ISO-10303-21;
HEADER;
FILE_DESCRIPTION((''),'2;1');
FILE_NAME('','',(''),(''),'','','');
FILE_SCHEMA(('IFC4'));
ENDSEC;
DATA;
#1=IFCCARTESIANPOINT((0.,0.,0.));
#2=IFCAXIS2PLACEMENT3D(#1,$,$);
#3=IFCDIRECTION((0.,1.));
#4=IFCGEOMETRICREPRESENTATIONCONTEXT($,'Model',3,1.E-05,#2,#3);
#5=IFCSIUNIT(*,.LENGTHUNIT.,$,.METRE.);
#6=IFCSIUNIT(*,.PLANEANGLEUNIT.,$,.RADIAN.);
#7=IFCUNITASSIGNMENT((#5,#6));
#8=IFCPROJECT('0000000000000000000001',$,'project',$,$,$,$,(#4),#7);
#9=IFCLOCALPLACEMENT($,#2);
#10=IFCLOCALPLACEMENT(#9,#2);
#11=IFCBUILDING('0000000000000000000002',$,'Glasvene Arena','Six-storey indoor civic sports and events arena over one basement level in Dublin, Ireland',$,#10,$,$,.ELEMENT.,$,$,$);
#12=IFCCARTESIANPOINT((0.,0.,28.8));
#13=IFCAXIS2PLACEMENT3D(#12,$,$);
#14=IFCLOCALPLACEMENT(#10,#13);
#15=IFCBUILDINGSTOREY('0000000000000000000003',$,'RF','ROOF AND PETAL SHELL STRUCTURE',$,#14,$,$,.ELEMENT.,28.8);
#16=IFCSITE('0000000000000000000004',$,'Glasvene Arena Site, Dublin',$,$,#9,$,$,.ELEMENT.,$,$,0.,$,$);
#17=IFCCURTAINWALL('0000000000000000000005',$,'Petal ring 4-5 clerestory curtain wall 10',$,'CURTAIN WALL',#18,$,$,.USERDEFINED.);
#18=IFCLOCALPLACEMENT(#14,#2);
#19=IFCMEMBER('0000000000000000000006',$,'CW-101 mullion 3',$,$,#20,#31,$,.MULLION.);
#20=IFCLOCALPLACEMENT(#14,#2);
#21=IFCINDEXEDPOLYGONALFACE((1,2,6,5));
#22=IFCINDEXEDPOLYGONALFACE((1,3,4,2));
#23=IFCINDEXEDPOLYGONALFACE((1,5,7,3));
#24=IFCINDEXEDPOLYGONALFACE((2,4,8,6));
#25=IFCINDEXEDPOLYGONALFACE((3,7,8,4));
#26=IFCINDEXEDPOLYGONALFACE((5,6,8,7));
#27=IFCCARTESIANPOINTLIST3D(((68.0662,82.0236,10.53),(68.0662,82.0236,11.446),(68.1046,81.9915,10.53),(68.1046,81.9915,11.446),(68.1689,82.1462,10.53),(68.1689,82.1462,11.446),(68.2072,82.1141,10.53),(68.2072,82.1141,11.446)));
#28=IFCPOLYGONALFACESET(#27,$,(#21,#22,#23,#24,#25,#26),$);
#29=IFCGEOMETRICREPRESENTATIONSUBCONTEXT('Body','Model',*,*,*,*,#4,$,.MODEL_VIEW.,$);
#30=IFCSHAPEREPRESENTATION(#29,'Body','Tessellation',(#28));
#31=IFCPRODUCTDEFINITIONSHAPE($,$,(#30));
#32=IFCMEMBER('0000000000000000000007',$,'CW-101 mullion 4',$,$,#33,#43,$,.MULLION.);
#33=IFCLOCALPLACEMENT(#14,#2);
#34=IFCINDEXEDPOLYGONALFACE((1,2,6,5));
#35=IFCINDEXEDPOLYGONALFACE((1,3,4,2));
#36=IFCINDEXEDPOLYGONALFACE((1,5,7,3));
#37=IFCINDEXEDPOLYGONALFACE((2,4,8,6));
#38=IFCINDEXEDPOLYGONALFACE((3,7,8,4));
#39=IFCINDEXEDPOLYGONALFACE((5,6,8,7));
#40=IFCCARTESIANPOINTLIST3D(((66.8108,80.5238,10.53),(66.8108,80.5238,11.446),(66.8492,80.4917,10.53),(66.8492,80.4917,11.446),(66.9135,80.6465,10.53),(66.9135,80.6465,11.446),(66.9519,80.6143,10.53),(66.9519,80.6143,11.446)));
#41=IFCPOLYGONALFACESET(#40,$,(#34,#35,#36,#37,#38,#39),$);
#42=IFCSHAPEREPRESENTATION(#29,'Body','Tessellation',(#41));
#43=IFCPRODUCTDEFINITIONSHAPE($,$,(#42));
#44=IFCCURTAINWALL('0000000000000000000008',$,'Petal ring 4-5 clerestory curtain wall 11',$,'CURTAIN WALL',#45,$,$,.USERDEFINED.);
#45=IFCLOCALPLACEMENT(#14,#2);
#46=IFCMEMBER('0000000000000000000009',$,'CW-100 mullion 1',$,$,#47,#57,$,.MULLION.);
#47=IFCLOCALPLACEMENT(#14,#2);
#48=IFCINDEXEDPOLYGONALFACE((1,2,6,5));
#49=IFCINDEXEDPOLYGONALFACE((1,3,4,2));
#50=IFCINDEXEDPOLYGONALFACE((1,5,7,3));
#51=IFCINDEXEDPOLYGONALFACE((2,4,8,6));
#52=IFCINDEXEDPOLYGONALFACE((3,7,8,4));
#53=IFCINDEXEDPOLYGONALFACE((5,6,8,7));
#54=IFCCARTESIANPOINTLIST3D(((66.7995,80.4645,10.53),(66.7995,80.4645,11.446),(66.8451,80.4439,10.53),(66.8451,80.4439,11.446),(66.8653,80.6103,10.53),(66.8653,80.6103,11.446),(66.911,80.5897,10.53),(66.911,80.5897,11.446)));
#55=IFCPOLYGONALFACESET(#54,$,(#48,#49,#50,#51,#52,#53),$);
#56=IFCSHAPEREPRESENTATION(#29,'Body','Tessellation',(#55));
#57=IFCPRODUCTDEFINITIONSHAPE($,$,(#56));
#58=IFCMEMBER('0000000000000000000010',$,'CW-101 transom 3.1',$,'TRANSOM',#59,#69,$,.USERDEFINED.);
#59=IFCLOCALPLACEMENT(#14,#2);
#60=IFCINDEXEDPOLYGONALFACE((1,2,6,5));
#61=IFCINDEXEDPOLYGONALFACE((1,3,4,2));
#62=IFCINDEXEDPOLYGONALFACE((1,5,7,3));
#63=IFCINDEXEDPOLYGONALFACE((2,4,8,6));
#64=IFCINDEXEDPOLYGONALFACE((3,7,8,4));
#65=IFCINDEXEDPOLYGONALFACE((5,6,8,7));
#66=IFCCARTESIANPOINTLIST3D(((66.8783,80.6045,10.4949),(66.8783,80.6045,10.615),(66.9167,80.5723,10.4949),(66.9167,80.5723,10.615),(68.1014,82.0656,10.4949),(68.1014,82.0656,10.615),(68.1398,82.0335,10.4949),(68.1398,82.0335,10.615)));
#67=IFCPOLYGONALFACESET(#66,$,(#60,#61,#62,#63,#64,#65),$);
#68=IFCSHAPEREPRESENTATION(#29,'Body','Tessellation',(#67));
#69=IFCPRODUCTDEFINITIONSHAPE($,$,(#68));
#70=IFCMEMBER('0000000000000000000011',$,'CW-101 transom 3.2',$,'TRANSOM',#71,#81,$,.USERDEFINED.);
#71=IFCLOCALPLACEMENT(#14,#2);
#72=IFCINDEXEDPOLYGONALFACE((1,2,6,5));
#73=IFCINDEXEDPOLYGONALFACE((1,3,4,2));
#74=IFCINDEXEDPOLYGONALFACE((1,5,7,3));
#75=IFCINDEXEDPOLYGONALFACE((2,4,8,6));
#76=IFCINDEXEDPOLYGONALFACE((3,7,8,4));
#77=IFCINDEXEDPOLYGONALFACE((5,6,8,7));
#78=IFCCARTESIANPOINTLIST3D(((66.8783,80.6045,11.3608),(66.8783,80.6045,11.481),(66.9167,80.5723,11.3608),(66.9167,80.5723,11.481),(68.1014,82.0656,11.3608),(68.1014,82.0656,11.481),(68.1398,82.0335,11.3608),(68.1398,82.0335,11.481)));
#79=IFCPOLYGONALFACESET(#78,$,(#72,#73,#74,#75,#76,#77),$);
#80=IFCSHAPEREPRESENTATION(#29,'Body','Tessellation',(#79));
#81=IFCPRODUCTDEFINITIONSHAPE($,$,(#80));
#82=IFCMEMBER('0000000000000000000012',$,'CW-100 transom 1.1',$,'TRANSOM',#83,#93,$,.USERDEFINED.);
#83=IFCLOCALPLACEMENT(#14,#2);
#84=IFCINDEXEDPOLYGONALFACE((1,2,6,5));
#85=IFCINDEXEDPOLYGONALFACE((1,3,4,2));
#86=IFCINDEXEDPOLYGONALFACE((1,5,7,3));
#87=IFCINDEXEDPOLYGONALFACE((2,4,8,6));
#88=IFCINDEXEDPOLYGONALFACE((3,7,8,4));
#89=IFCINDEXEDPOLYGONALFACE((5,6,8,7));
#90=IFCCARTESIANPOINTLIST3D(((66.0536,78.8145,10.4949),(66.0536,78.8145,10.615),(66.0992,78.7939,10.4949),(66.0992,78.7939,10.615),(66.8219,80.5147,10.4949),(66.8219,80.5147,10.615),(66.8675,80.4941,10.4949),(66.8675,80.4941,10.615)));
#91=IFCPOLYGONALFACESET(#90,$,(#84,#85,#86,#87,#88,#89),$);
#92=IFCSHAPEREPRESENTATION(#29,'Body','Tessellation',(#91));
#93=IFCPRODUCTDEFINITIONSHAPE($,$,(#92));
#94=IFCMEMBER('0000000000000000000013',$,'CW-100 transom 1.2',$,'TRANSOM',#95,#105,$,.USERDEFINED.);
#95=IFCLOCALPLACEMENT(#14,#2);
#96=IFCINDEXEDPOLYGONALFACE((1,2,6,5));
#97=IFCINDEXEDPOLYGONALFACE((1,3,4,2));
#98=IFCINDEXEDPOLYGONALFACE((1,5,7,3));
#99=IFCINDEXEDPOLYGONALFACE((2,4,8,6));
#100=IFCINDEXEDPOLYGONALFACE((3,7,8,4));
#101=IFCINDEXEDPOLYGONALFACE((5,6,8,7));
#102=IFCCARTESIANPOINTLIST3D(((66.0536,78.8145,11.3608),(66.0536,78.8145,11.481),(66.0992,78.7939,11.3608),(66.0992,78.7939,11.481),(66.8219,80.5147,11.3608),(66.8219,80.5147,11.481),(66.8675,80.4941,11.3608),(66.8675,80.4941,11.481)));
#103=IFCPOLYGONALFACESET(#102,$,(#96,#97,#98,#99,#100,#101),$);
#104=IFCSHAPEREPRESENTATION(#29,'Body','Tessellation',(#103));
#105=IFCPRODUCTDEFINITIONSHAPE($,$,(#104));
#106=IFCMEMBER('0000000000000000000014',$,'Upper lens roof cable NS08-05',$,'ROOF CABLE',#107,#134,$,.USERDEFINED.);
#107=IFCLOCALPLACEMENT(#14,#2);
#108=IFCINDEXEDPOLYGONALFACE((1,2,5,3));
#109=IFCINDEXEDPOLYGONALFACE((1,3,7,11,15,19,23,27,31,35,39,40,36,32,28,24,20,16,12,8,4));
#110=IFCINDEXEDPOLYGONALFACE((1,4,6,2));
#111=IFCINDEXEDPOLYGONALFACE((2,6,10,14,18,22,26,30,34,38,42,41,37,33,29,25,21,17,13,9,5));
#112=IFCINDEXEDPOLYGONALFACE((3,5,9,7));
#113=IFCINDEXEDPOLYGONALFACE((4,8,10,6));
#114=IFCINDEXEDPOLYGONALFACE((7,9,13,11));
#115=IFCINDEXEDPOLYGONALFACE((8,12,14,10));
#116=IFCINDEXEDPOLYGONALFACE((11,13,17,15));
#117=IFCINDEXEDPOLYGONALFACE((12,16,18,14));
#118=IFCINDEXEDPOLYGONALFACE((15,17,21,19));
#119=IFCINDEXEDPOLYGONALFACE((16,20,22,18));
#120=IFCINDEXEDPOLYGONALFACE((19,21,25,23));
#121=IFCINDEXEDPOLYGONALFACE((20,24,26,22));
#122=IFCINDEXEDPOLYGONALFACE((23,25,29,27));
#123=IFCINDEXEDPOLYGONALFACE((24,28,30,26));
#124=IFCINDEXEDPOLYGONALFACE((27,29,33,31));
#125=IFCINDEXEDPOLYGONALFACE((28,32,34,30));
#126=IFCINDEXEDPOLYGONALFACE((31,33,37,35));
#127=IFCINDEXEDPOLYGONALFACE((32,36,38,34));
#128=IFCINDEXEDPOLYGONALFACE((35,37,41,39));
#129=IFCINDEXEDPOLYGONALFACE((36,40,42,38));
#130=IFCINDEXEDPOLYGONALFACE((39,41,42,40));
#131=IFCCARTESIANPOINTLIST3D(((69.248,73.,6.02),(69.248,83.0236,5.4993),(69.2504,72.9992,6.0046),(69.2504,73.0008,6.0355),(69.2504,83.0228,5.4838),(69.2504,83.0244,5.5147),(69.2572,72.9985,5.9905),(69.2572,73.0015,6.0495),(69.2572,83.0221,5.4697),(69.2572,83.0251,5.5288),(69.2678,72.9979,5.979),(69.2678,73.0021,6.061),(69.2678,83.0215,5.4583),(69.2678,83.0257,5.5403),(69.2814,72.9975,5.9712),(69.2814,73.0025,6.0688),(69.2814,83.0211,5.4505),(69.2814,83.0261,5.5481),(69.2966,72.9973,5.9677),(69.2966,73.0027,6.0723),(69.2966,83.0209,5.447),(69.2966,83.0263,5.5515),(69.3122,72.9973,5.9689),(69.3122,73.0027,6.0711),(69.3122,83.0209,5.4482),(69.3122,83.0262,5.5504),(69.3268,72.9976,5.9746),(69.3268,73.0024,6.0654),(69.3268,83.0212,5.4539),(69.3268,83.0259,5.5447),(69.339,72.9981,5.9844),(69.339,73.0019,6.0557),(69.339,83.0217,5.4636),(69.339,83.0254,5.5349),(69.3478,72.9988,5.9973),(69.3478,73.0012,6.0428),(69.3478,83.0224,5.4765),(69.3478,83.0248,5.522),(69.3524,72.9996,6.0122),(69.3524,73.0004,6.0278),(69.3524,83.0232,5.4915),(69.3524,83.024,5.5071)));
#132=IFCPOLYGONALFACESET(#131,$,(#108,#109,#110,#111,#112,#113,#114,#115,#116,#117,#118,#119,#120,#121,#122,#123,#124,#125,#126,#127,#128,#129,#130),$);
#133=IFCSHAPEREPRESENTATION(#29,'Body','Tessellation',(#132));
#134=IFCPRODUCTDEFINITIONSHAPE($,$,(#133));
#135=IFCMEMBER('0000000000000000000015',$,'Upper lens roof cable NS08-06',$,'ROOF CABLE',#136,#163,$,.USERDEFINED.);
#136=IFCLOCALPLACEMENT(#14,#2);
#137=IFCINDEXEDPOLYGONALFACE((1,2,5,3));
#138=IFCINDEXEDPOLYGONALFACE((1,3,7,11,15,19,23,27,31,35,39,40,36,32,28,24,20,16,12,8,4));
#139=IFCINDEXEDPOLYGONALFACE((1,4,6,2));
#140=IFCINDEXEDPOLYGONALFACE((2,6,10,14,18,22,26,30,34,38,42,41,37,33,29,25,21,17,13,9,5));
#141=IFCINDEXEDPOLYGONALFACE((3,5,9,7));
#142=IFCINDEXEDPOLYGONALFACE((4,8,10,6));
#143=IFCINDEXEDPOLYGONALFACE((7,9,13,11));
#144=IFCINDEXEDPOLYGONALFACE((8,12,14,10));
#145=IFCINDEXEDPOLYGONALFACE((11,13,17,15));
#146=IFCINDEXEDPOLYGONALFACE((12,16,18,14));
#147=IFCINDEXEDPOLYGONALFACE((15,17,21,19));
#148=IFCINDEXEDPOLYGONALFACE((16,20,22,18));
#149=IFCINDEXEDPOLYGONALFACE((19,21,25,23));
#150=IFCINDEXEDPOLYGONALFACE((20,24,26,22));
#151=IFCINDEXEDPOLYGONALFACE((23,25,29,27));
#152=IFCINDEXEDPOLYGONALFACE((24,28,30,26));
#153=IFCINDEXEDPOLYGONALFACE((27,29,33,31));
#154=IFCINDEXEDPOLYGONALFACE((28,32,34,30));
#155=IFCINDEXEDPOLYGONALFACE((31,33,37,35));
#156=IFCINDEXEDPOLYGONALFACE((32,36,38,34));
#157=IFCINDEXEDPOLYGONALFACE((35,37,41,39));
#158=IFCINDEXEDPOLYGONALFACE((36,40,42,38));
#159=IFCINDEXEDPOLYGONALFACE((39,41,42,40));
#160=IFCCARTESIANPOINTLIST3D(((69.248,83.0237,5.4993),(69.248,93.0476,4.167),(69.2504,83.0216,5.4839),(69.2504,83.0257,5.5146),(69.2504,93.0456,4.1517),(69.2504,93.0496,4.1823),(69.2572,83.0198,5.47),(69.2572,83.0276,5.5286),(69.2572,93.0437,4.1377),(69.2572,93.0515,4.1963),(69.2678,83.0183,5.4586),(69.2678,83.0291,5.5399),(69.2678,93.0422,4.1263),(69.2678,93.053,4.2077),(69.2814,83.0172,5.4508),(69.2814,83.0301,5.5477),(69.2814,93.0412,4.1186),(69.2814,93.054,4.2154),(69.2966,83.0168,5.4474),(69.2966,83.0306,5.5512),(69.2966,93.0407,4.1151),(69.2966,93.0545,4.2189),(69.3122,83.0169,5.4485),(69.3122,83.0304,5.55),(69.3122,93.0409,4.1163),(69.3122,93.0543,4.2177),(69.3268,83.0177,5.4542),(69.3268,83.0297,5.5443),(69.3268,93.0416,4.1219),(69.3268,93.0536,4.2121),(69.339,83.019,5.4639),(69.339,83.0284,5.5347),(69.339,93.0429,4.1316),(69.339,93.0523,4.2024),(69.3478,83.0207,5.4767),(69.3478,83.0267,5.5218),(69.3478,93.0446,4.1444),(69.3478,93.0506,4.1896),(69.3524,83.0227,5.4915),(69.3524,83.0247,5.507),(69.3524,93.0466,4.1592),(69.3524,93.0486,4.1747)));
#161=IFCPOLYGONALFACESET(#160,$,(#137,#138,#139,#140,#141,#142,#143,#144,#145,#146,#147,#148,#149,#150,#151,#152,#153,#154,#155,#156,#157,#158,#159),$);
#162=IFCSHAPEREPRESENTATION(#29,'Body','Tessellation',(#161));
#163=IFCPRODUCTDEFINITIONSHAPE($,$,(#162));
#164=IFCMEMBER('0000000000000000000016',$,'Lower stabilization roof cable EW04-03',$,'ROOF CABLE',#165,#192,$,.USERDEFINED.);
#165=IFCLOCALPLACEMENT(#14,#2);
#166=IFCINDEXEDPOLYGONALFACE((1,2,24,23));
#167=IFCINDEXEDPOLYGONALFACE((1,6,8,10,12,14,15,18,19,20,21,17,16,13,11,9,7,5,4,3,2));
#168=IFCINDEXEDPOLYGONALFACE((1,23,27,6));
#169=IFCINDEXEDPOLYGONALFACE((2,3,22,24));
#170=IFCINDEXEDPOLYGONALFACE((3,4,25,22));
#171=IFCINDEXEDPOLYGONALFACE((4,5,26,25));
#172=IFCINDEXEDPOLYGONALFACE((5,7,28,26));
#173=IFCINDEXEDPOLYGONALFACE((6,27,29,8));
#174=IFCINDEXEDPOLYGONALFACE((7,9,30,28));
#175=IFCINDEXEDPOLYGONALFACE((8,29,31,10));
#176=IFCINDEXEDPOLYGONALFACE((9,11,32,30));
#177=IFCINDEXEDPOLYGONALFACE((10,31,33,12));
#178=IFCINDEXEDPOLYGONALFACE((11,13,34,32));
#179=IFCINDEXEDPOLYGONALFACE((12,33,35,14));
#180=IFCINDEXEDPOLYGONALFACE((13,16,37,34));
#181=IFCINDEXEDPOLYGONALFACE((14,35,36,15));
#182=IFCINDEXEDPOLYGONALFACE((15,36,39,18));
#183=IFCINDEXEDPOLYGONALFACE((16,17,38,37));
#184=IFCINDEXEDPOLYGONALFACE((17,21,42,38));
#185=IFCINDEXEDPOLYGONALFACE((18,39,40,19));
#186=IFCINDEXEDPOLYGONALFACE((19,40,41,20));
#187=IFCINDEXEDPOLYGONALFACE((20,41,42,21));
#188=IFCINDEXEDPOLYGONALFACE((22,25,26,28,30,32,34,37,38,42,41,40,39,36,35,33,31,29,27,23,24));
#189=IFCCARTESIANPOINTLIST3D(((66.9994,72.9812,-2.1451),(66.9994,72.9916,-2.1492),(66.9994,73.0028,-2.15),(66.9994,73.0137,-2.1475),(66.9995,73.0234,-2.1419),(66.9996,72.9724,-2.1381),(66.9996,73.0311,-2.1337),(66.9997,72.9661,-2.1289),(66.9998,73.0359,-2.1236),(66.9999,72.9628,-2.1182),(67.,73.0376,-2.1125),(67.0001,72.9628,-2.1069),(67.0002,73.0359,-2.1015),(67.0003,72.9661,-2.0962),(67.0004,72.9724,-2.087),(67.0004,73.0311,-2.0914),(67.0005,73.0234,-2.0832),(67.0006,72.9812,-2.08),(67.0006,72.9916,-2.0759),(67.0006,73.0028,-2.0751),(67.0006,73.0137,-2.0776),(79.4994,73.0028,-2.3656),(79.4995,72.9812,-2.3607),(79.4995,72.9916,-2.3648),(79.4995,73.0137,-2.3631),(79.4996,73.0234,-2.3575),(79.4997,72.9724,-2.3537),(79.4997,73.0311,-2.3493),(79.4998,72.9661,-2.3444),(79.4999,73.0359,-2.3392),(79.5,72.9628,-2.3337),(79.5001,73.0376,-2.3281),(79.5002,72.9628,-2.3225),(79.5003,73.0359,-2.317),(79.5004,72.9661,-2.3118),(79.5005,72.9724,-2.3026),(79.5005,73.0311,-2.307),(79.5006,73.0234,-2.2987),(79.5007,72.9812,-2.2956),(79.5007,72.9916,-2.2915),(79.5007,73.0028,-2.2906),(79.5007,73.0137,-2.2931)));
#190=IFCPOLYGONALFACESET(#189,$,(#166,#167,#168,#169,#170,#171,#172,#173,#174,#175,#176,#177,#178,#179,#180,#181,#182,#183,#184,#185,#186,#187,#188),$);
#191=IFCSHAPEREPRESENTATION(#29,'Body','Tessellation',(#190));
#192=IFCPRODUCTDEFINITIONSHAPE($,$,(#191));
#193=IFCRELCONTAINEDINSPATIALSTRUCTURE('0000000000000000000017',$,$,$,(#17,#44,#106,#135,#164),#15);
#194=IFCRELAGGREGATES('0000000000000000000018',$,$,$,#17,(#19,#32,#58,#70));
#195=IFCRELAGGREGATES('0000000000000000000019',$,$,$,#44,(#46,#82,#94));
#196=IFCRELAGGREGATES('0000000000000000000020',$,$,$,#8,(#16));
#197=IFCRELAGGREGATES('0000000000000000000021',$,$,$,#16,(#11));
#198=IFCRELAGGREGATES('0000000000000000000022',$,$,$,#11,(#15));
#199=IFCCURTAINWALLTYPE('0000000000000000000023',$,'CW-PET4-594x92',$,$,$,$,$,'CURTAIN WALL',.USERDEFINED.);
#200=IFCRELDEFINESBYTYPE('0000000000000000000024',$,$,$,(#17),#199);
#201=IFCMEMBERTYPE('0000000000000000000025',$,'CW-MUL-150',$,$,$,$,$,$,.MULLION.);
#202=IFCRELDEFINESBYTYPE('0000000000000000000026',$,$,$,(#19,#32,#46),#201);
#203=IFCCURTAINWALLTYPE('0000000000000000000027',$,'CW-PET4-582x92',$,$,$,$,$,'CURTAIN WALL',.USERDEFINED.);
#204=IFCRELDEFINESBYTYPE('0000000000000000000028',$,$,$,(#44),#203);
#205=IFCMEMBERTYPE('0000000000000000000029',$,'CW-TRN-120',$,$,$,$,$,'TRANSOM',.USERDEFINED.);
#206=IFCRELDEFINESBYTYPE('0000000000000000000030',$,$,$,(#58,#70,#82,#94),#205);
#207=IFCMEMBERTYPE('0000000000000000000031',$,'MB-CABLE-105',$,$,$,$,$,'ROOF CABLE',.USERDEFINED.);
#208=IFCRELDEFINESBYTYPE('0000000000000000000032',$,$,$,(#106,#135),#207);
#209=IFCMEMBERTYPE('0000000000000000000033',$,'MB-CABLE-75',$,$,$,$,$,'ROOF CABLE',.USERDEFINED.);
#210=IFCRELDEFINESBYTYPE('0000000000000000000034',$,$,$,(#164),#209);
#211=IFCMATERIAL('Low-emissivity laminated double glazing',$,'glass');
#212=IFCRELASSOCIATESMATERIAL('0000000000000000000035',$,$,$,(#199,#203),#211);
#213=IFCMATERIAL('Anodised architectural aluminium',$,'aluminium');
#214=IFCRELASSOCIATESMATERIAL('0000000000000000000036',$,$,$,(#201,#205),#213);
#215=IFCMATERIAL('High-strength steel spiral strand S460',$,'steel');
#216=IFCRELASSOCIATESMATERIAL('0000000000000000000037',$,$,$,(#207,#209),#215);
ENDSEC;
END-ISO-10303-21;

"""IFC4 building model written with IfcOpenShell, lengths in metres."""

from ifc_helpers import new_model, si_unit, direction, frame, origin, origin_2d, place, context, subcontext, project, spatial, rectangle, circle, extrude, material, material_profile, profile_set, type_object, element, aggregate, save


model = new_model("IFC4")

# Units and contexts
model_context = context("Model", 3, precision=1e-05, world=origin(), true_north=direction((0.0, 1.0)))
body_context = subcontext(model_context, "Body", "Model", "MODEL_VIEW")
ifc_project = project(units=[si_unit("LENGTHUNIT", "METRE"), si_unit("PLANEANGLEUNIT", "RADIAN")], contexts=[model_context])

# Site, building, storey
site_placement = place(None, origin())
site = spatial("IfcSite", under=ifc_project, at=site_placement, Name="Glasvene Arena Site, Dublin", CompositionType="ELEMENT", RefElevation=0.0)
building_placement = place(site_placement, origin())
building = spatial("IfcBuilding", under=site, at=building_placement, Name="Glasvene Arena", Description="Six-storey indoor civic sports and events arena over one basement level in Dublin, Ireland", CompositionType="ELEMENT")
storey_placement = place(building_placement, frame((0.0, 0.0, 28.8)))
storey = spatial("IfcBuildingStorey", under=building, at=storey_placement, Name="RF", Description="ROOF AND PETAL SHELL STRUCTURE", CompositionType="ELEMENT", Elevation=28.8)

# Curtain wall, members
ifc_material_1 = material(Name="Low-emissivity laminated double glazing", Category="glass")
curtain_wall_type_1 = type_object("IfcCurtainWallType", Name="CW-PET4-594x92", ElementType="CURTAIN WALL", PredefinedType="USERDEFINED", material=ifc_material_1)
curtain_wall_1_placement = place(storey_placement, frame((70.6794, 85.1062, 0.0)))
curtain_wall_1 = element("IfcCurtainWall", 1, at=curtain_wall_1_placement, inside=storey, type_object=curtain_wall_type_1, Name="Petal ring 4-5 clerestory curtain wall 10", ObjectType="CURTAIN WALL", PredefinedType="USERDEFINED")
ifc_material_2 = material(Name="Anodised architectural aluminium", Category="aluminium")
ifc_material_profile_1 = material_profile(ifc_material_2, rectangle(XDim=0.05, YDim=0.1599, at=origin_2d()), Name="ALU MULLION 50x160")
ifc_profile_set_1 = profile_set([ifc_material_profile_1], Name="Anodised architectural aluminium")
member_type_1 = type_object("IfcMemberType", Name="CW-MUL-150", PredefinedType="MULLION", material=ifc_profile_set_1)
member_1_placement = place(storey_placement, frame((68.1367, 82.0688, 10.53), z_axis=(0.0, 0.0, 1.0), x_axis=(0.766805, -0.64188, 0.0)))
member_1 = element("IfcMember", 2, at=member_1_placement, type_object=member_type_1, Name="CW-101 mullion 3", PredefinedType="MULLION", context=body_context, shape_type="SweptSolid", body=[
    extrude(rectangle(XDim=0.05, YDim=0.1599, at=origin_2d()), origin(), (0.0, 0.0, 1.0), 0.916),
])
member_2_placement = place(storey_placement, frame((66.8813, 80.5691, 10.53), z_axis=(0.0, 0.0, 1.0), x_axis=(0.766805, -0.64188, 0.0)))
member_2 = element("IfcMember", 3, at=member_2_placement, type_object=member_type_1, Name="CW-101 mullion 4", PredefinedType="MULLION", context=body_context, shape_type="SweptSolid", body=[
    extrude(rectangle(XDim=0.05, YDim=0.1599, at=origin_2d()), origin(), (0.0, 0.0, 1.0), 0.916),
])

# Curtain wall, member
curtain_wall_type_2 = type_object("IfcCurtainWallType", Name="CW-PET4-582x92", ElementType="CURTAIN WALL", PredefinedType="USERDEFINED", material=ifc_material_1)
curtain_wall_2_placement = place(storey_placement, frame((66.8655, 80.55, 0.0)))
curtain_wall_2 = element("IfcCurtainWall", 4, at=curtain_wall_2_placement, inside=storey, type_object=curtain_wall_type_2, Name="Petal ring 4-5 clerestory curtain wall 11", ObjectType="CURTAIN WALL", PredefinedType="USERDEFINED")
member_3_placement = place(storey_placement, frame((66.8552, 80.5271, 10.53), z_axis=(0.0, 0.0, 1.0), x_axis=(0.911284, -0.411778, 0.0)))
member_3 = element("IfcMember", 5, at=member_3_placement, type_object=member_type_1, Name="CW-100 mullion 1", PredefinedType="MULLION", context=body_context, shape_type="SweptSolid", body=[
    extrude(rectangle(XDim=0.05, YDim=0.1599, at=origin_2d()), origin(), (0.0, 0.0, 1.0), 0.916),
])

# Members
ifc_material_profile_2 = material_profile(ifc_material_2, rectangle(XDim=0.05, YDim=0.1201, at=origin_2d()), Name="ALU TRANSOM 50x120")
ifc_profile_set_2 = profile_set([ifc_material_profile_2], Name="Anodised architectural aluminium")
member_type_2 = type_object("IfcMemberType", Name="CW-TRN-120", ElementType="TRANSOM", PredefinedType="USERDEFINED", material=ifc_profile_set_2)
member_4_placement = place(storey_placement, frame((68.1206, 82.0496, 10.5549), z_axis=(-0.641884, -0.766802, 0.0), x_axis=(0.766802, -0.641884, 0.0)))
member_4 = element("IfcMember", 6, at=member_4_placement, type_object=member_type_2, Name="CW-101 transom 3.1", ObjectType="TRANSOM", PredefinedType="USERDEFINED", context=body_context, shape_type="SweptSolid", body=[
    extrude(rectangle(XDim=0.05, YDim=0.1201, at=origin_2d()), origin(), (0.0, 0.0, 1.0), 1.9055),
])
member_5_placement = place(storey_placement, frame((68.1206, 82.0496, 11.4209), z_axis=(-0.641884, -0.766802, 0.0), x_axis=(0.766802, -0.641884, 0.0)))
member_5 = element("IfcMember", 7, at=member_5_placement, type_object=member_type_2, Name="CW-101 transom 3.2", ObjectType="TRANSOM", PredefinedType="USERDEFINED", context=body_context, shape_type="SweptSolid", body=[
    extrude(rectangle(XDim=0.05, YDim=0.1201, at=origin_2d()), origin(), (0.0, 0.0, 1.0), 1.9055),
])
member_6_placement = place(storey_placement, frame((66.8447, 80.5044, 10.5549), z_axis=(-0.411801, -0.911274, 0.0), x_axis=(0.911274, -0.411801, 0.0)))
member_6 = element("IfcMember", 8, at=member_6_placement, type_object=member_type_2, Name="CW-100 transom 1.1", ObjectType="TRANSOM", PredefinedType="USERDEFINED", context=body_context, shape_type="SweptSolid", body=[
    extrude(rectangle(XDim=0.05, YDim=0.1201, at=origin_2d()), origin(), (0.0, 0.0, 1.0), 1.8657),
])
member_7_placement = place(storey_placement, frame((66.8447, 80.5044, 11.4209), z_axis=(-0.411801, -0.911274, 0.0), x_axis=(0.911274, -0.411801, 0.0)))
member_7 = element("IfcMember", 9, at=member_7_placement, type_object=member_type_2, Name="CW-100 transom 1.2", ObjectType="TRANSOM", PredefinedType="USERDEFINED", context=body_context, shape_type="SweptSolid", body=[
    extrude(rectangle(XDim=0.05, YDim=0.1201, at=origin_2d()), origin(), (0.0, 0.0, 1.0), 1.8657),
])

# Members
ifc_material_3 = material(Name="High-strength steel spiral strand S460", Category="steel")
ifc_material_profile_3 = material_profile(ifc_material_3, circle(Radius=0.0525, at=origin_2d()), Name="LCSS D105")
ifc_profile_set_3 = profile_set([ifc_material_profile_3], Name="High-strength steel spiral strand S460")
member_type_3 = type_object("IfcMemberType", Name="MB-CABLE-105", ElementType="ROOF CABLE", PredefinedType="USERDEFINED", material=ifc_profile_set_3)
member_8_placement = place(storey_placement, frame((69.3005, 73.0, 6.02), z_axis=(0.0, 0.998653, -0.051882), x_axis=(-1.0, 0.0, 0.0)))
element("IfcMember", 10, at=member_8_placement, inside=storey, type_object=member_type_3, Name="Upper lens roof cable NS08-05", ObjectType="ROOF CABLE", PredefinedType="USERDEFINED", context=body_context, shape_type="SweptSolid", body=[
    extrude(circle(Radius=0.0525, at=origin_2d()), origin(), (0.0, 0.0, 1.0), 10.0371),
])
member_9_placement = place(storey_placement, frame((69.3005, 83.0237, 5.4993), z_axis=(0.0, 0.991283, -0.131751), x_axis=(-1.0, 0.0, 0.0)))
element("IfcMember", 11, at=member_9_placement, inside=storey, type_object=member_type_3, Name="Upper lens roof cable NS08-06", ObjectType="ROOF CABLE", PredefinedType="USERDEFINED", context=body_context, shape_type="SweptSolid", body=[
    extrude(circle(Radius=0.0525, at=origin_2d()), origin(), (0.0, 0.0, 1.0), 10.1121),
])
ifc_material_profile_4 = material_profile(ifc_material_3, circle(Radius=0.0376, at=origin_2d()), Name="LCSS D75")
ifc_profile_set_4 = profile_set([ifc_material_profile_4], Name="High-strength steel spiral strand S460")
member_type_4 = type_object("IfcMemberType", Name="MB-CABLE-75", ElementType="ROOF CABLE", PredefinedType="USERDEFINED", material=ifc_profile_set_4)
member_10_placement = place(storey_placement, frame((67.0, 73.0, -2.1125), z_axis=(0.999851, 0.0, -0.017244), x_axis=(0.0, 1.0, 0.0)))
element("IfcMember", 12, at=member_10_placement, inside=storey, type_object=member_type_4, Name="Lower stabilization roof cable EW04-03", ObjectType="ROOF CABLE", PredefinedType="USERDEFINED", context=body_context, shape_type="SweptSolid", body=[
    extrude(circle(Radius=0.0376, at=origin_2d()), origin(), (0.0, 0.0, 1.0), 12.502),
])

aggregate(curtain_wall_1, [member_1, member_2, member_4, member_5])
aggregate(curtain_wall_2, [member_3, member_6, member_7])

save(model, "model.ifc")
